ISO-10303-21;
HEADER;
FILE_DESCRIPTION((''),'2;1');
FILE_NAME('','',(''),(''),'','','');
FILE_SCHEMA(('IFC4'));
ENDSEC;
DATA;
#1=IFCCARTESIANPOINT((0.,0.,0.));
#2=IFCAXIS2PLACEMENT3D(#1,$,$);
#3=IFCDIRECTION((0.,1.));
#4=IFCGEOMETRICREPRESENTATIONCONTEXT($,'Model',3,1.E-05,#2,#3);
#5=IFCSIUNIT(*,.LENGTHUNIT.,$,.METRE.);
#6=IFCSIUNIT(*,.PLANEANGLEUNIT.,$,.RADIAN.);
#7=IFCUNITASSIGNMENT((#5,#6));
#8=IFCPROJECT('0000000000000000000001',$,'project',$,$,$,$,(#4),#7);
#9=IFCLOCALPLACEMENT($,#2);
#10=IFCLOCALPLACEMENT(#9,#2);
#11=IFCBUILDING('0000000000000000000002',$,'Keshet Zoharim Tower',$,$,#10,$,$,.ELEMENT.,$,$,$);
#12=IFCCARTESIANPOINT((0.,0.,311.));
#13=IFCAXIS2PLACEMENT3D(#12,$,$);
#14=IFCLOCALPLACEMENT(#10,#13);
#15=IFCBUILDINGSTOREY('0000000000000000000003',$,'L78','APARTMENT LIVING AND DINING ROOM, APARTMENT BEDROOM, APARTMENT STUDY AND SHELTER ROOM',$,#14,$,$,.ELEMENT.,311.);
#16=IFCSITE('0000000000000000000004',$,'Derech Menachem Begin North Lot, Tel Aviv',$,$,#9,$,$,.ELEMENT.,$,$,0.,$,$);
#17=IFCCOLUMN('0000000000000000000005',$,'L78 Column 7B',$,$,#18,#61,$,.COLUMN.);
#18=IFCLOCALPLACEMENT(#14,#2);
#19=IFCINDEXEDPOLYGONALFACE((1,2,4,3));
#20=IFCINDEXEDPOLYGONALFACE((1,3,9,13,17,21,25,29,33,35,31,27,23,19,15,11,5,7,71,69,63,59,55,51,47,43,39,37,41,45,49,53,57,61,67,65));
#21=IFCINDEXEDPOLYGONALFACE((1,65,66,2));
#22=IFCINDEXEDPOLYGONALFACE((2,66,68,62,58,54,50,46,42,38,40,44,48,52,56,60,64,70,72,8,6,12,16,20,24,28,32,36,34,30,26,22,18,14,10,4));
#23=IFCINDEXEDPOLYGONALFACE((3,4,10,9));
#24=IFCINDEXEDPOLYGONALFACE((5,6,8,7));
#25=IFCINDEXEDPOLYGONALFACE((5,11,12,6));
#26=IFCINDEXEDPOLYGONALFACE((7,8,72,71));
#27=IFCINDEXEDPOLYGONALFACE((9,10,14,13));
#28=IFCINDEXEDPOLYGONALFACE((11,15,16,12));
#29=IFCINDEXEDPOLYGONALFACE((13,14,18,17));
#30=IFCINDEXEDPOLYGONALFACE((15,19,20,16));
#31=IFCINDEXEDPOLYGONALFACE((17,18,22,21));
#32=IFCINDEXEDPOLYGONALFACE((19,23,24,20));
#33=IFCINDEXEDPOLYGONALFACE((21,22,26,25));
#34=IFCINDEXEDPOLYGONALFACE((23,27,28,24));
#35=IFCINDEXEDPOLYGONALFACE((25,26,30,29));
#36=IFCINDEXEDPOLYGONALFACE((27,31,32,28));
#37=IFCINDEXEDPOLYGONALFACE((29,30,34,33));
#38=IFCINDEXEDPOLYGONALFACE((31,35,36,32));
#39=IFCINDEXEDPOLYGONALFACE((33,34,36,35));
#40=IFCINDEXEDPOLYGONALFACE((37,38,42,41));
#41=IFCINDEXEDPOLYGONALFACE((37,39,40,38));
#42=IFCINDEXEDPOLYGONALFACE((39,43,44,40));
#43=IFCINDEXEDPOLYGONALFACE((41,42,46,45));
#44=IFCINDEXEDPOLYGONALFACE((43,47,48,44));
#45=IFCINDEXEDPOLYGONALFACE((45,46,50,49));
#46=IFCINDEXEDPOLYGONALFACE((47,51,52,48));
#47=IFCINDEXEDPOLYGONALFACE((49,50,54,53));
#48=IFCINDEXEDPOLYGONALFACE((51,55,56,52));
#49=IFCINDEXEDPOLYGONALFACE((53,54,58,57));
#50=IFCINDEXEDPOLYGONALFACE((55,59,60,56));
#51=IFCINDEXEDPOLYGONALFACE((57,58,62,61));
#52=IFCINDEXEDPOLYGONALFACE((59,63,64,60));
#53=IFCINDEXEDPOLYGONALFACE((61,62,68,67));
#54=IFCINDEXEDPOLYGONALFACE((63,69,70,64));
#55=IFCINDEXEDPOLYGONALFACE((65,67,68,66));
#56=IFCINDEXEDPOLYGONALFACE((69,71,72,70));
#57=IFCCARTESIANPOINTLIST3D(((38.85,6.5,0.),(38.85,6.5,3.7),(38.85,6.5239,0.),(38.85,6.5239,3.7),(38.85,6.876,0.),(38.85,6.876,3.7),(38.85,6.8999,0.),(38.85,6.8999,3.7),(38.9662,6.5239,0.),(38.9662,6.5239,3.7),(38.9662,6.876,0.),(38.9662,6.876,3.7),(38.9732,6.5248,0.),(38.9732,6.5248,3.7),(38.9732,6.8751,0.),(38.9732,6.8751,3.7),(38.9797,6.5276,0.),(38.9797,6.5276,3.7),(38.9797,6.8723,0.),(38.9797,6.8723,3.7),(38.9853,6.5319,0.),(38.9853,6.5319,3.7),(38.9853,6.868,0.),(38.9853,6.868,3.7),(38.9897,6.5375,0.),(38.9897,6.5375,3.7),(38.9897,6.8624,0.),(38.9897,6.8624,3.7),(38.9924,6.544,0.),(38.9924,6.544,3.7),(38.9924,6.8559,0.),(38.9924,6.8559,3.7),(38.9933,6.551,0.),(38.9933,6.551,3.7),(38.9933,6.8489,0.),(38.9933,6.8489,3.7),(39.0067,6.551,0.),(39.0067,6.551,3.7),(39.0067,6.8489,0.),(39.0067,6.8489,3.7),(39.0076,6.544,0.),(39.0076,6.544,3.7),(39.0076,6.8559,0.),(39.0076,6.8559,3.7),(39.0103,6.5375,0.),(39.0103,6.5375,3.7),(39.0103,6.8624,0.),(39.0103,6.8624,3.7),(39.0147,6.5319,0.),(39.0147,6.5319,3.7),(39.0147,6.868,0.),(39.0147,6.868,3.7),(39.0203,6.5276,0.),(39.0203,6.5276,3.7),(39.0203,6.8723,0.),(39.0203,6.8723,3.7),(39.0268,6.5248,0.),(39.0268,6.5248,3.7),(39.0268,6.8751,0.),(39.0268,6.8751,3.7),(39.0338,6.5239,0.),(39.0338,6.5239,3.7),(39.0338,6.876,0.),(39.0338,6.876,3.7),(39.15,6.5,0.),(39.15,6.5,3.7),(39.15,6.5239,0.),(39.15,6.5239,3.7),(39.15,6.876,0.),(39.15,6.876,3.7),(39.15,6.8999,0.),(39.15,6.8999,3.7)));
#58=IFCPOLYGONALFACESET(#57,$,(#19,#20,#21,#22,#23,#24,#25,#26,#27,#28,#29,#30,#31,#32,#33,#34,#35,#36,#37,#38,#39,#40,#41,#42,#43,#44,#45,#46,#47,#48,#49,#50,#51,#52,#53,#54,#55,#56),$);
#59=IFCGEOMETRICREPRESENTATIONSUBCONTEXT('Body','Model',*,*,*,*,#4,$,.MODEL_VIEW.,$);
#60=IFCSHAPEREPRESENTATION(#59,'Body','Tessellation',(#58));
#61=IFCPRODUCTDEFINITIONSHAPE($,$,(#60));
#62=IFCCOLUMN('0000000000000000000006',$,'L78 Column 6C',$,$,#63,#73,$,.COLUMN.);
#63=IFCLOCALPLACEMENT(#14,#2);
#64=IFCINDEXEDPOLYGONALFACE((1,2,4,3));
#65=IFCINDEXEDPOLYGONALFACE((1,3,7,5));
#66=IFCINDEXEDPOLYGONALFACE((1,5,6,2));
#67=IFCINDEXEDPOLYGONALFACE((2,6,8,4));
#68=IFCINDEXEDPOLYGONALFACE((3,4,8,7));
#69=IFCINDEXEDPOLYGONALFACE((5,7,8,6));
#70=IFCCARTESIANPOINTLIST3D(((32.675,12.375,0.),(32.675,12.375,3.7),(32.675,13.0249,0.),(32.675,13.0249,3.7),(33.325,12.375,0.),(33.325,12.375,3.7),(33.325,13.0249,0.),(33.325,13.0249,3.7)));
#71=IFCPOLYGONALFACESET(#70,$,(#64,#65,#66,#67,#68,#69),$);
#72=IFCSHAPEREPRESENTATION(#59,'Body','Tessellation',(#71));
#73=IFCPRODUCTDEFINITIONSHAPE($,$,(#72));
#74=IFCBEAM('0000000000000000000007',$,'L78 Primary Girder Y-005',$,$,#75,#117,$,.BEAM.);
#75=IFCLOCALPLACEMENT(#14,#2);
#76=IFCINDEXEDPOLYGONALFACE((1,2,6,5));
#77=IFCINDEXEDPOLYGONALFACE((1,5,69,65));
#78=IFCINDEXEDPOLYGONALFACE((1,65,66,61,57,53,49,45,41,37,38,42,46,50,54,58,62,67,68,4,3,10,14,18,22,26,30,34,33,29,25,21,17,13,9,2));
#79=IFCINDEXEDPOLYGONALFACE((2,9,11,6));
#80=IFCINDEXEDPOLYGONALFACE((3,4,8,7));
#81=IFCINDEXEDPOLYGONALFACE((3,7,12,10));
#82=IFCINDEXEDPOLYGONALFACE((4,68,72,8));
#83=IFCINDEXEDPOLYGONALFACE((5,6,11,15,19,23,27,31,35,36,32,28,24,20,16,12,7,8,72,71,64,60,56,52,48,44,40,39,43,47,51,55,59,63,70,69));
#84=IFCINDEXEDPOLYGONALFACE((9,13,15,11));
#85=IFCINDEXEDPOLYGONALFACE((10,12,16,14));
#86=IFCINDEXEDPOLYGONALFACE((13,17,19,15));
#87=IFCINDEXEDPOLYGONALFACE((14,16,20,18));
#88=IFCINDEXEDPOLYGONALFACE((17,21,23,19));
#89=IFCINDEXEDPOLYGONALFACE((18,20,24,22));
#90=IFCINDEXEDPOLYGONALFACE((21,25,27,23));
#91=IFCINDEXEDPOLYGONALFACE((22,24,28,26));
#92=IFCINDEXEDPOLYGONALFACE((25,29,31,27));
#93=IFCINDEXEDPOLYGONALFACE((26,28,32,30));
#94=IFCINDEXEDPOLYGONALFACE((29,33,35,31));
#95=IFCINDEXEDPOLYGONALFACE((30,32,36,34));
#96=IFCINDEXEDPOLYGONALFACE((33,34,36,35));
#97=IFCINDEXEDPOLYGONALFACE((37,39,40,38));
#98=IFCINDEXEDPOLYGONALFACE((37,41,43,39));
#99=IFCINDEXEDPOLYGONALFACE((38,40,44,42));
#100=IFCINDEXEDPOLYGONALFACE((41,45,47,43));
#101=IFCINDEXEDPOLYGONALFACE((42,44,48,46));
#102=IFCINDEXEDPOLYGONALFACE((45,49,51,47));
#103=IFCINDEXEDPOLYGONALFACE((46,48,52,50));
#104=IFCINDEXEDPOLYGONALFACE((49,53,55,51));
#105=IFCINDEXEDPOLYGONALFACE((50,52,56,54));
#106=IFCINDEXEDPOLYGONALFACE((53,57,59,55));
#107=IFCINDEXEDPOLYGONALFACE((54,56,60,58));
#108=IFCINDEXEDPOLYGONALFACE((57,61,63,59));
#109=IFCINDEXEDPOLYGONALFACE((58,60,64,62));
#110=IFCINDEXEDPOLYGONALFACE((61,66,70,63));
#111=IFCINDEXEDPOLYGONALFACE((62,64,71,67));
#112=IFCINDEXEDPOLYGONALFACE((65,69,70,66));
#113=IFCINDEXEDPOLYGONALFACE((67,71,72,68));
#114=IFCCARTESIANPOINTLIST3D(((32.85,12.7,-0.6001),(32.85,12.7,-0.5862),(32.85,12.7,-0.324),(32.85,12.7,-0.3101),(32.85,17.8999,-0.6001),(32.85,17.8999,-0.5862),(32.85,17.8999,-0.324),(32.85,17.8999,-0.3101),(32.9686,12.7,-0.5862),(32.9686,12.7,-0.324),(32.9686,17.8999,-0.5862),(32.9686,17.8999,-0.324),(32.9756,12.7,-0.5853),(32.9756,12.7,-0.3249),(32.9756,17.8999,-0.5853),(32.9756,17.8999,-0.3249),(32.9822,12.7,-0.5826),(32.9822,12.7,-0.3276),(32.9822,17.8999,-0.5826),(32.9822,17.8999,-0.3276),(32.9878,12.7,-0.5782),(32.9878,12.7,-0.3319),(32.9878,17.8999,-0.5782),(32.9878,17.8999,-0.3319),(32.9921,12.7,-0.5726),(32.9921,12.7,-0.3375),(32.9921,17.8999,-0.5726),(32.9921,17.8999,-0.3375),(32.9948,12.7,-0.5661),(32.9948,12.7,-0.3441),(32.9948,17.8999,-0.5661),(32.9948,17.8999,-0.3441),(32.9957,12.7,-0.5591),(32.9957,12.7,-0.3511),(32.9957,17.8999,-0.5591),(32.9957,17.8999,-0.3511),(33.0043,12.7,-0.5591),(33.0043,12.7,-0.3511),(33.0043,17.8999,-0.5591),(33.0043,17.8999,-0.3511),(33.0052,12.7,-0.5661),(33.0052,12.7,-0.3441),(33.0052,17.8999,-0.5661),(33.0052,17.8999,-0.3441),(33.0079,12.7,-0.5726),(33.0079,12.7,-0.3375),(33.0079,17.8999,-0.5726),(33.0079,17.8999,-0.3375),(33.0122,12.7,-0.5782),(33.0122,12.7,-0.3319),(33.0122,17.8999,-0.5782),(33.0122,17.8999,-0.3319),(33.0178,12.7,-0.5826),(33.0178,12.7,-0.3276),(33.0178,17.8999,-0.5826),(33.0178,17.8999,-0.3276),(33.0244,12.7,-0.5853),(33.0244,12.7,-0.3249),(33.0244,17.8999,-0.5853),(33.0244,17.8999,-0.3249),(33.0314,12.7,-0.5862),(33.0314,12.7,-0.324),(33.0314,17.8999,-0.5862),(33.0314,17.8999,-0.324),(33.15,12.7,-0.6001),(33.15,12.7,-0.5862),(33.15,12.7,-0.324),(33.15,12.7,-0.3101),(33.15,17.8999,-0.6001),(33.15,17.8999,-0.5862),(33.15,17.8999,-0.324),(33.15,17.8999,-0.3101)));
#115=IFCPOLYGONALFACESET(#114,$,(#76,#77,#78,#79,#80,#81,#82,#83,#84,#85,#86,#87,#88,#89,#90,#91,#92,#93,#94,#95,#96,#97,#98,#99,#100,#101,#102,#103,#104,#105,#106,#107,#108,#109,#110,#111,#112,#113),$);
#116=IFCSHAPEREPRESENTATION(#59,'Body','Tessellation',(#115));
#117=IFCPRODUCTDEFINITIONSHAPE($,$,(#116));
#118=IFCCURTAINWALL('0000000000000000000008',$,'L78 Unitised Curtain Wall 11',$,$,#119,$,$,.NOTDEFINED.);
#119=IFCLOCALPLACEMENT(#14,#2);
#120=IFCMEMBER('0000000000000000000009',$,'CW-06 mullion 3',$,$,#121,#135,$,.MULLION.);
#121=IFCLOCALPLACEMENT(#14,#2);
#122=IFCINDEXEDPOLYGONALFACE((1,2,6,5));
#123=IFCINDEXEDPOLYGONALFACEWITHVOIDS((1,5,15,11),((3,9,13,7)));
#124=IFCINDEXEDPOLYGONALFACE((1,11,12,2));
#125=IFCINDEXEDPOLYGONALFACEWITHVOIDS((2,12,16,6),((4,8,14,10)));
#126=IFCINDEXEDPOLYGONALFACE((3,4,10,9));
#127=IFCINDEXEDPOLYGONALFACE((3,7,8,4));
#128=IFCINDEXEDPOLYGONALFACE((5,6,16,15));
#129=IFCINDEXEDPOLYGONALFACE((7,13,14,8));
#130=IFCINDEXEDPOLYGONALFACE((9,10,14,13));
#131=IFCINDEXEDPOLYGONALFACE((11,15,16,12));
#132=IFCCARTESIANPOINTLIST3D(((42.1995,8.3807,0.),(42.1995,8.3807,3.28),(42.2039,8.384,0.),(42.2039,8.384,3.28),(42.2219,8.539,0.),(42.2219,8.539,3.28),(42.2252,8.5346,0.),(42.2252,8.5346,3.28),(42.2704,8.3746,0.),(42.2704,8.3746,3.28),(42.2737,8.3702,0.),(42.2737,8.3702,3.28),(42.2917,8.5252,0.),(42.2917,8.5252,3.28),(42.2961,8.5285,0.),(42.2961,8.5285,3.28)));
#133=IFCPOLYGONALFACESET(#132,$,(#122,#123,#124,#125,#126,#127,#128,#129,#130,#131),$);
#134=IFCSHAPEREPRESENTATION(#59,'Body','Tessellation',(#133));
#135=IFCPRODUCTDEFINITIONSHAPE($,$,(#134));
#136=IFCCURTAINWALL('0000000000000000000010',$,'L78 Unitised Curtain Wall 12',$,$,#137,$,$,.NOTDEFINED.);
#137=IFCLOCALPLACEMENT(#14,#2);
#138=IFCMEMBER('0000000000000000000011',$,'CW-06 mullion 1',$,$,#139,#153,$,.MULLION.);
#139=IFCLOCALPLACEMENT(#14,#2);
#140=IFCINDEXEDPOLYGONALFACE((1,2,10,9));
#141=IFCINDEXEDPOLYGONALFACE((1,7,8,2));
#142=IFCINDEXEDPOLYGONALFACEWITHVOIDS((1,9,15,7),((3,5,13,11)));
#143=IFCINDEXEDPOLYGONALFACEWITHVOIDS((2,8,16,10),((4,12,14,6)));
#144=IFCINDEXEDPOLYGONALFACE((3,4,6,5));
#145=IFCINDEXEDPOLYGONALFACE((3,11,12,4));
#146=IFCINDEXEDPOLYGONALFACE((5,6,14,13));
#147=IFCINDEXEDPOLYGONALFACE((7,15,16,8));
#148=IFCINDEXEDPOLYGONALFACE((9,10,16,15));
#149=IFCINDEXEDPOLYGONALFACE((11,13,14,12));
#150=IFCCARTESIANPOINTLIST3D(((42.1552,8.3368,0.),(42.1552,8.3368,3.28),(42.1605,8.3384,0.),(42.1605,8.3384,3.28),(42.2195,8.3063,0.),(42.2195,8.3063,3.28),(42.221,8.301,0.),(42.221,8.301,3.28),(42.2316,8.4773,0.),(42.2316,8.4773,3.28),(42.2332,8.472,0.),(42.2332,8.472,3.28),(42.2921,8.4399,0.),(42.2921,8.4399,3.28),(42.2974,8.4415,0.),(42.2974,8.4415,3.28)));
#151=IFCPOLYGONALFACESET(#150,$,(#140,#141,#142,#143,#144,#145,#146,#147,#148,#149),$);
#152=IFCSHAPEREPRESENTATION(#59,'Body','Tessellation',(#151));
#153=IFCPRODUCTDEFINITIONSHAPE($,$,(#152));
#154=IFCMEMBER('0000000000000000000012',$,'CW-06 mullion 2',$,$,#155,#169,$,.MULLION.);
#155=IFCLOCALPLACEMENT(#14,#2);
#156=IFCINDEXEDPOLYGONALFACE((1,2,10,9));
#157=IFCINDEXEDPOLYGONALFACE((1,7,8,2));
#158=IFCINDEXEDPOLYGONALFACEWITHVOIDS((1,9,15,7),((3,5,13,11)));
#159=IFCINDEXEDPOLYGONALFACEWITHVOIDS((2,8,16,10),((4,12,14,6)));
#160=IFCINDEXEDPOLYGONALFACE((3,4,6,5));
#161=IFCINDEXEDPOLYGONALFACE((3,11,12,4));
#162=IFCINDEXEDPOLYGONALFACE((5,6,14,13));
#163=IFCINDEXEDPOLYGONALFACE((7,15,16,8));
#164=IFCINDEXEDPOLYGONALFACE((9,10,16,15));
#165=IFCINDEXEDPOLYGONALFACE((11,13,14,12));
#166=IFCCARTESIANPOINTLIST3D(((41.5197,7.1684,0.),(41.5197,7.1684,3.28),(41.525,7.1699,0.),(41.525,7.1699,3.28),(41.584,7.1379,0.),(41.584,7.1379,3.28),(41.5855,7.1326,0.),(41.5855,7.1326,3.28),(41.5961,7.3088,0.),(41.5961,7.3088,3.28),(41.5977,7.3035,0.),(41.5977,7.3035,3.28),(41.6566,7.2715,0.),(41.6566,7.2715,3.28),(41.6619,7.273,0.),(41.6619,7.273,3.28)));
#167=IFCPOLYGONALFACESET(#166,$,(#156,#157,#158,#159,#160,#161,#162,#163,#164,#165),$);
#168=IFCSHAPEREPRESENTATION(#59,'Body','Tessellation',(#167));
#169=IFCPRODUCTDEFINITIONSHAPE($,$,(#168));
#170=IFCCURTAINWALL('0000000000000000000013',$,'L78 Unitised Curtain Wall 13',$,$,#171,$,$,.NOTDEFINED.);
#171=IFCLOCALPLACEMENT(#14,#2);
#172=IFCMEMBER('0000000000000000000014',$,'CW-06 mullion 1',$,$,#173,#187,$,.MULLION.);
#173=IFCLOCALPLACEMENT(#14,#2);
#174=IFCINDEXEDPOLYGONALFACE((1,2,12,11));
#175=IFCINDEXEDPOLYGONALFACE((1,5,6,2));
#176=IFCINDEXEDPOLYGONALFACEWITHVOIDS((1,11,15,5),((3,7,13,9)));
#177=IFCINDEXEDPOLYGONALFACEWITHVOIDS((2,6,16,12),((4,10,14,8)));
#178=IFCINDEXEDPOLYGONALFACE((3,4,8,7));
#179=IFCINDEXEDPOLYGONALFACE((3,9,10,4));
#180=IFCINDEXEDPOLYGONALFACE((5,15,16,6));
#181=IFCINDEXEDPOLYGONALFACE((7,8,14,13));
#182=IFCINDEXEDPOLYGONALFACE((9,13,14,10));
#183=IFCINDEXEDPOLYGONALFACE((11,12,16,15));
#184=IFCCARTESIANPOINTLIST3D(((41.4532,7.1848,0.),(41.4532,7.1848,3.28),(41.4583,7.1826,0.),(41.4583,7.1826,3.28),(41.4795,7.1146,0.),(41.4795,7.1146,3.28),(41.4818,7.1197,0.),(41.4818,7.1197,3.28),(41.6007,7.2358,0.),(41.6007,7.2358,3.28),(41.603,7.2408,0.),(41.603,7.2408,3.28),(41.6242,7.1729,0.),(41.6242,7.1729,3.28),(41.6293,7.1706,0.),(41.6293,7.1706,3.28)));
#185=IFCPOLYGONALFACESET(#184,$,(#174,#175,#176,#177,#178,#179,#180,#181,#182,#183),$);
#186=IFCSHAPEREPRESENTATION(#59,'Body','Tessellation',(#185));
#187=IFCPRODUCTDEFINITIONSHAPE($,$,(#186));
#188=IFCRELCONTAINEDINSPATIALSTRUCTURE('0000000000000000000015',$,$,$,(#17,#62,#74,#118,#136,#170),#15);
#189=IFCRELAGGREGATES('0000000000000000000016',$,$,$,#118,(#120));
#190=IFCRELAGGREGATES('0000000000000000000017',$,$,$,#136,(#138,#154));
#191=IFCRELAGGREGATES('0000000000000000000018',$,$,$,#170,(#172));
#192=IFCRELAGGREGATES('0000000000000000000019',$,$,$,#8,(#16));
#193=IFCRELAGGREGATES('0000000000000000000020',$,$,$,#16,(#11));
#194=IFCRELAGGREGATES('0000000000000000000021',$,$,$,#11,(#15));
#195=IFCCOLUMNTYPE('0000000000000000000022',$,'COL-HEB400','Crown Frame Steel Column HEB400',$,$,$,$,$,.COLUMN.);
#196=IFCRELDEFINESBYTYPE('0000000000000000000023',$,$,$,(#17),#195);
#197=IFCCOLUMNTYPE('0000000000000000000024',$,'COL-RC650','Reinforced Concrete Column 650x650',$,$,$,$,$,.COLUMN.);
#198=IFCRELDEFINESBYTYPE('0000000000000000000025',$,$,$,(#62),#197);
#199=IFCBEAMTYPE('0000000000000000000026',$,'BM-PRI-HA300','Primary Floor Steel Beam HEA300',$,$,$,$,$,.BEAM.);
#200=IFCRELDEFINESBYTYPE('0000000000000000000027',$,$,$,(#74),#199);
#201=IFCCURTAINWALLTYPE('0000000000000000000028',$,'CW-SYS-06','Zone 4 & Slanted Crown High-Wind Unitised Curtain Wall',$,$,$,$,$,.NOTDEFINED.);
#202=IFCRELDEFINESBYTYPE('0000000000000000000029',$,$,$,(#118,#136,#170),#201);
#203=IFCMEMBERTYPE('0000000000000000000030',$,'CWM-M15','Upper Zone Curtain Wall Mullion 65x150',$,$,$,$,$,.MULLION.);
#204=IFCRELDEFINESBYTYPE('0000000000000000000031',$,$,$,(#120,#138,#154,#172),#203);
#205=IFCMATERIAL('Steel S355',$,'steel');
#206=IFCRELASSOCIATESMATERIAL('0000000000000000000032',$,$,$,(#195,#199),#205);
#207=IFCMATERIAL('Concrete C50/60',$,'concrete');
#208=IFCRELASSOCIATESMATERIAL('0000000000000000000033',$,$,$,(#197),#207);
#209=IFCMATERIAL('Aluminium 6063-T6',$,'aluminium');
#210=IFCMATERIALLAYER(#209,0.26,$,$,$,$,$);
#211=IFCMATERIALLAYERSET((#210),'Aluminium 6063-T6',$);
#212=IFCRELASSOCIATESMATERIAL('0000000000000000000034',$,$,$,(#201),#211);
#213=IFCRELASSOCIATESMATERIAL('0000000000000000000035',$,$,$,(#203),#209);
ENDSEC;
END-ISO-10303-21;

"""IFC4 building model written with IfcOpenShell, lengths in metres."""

from ifc_helpers import new_model, si_unit, direction, frame, origin, origin_2d, place, context, subcontext, project, spatial, rectangle, hollow_rectangle, i_section, extrude, material, layer, layer_set, material_profile, profile_set, type_object, element, aggregate, save


model = new_model("IFC4")

# Units and contexts
model_context = context("Model", 3, precision=1e-05, world=origin(), true_north=direction((0.0, 1.0)))
body_context = subcontext(model_context, "Body", "Model", "MODEL_VIEW")
ifc_project = project(units=[si_unit("LENGTHUNIT", "METRE"), si_unit("PLANEANGLEUNIT", "RADIAN")], contexts=[model_context])

# Site, building, storey
site_placement = place(None, origin())
site = spatial("IfcSite", under=ifc_project, at=site_placement, Name="Derech Menachem Begin North Lot, Tel Aviv", CompositionType="ELEMENT", RefElevation=0.0)
building_placement = place(site_placement, origin())
building = spatial("IfcBuilding", under=site, at=building_placement, Name="Keshet Zoharim Tower", CompositionType="ELEMENT")
storey_placement = place(building_placement, frame((0.0, 0.0, 311.0)))
storey = spatial("IfcBuildingStorey", under=building, at=storey_placement, Name="L78", Description="APARTMENT LIVING AND DINING ROOM, APARTMENT BEDROOM, APARTMENT STUDY AND SHELTER ROOM", CompositionType="ELEMENT", Elevation=311.0)

# Columns
ifc_material_1 = material(Name="Steel S355", Category="steel")
ifc_material_profile_1 = material_profile(ifc_material_1, i_section(OverallWidth=0.3, OverallDepth=0.3999, WebThickness=0.0134, FlangeThickness=0.0239, FilletRadius=0.0271, at=origin_2d()), Name="HEB400")
ifc_profile_set_1 = profile_set([ifc_material_profile_1], Name="Steel S355")
column_type_1 = type_object("IfcColumnType", Name="COL-HEB400", Description="Crown Frame Steel Column HEB400", PredefinedType="COLUMN", material=ifc_profile_set_1)
column_1_placement = place(storey_placement, frame((39.0, 6.7, 0.0), z_axis=(0.0, 0.0, 1.0), x_axis=(1.0, 0.0, 0.0)))
element("IfcColumn", 1, at=column_1_placement, inside=storey, type_object=column_type_1, Name="L78 Column 7B", PredefinedType="COLUMN", context=body_context, shape_type="SweptSolid", body=[
    extrude(i_section(OverallWidth=0.3, OverallDepth=0.3999, WebThickness=0.0134, FlangeThickness=0.0239, FilletRadius=0.0271, at=origin_2d()), origin(), (0.0, 0.0, 1.0), 3.7),
])
ifc_material_2 = material(Name="Concrete C50/60", Category="concrete")
ifc_material_profile_2 = material_profile(ifc_material_2, rectangle(XDim=0.6499, YDim=0.6499, at=origin_2d()), Name="RC650x650")
ifc_profile_set_2 = profile_set([ifc_material_profile_2], Name="Concrete C50/60")
column_type_2 = type_object("IfcColumnType", Name="COL-RC650", Description="Reinforced Concrete Column 650x650", PredefinedType="COLUMN", material=ifc_profile_set_2)
column_2_placement = place(storey_placement, frame((33.0, 12.7, 0.0), z_axis=(0.0, 0.0, 1.0), x_axis=(1.0, 0.0, 0.0)))
element("IfcColumn", 2, at=column_2_placement, inside=storey, type_object=column_type_2, Name="L78 Column 6C", PredefinedType="COLUMN", context=body_context, shape_type="SweptSolid", body=[
    extrude(rectangle(XDim=0.6499, YDim=0.6499, at=origin_2d()), origin(), (0.0, 0.0, 1.0), 3.7),
])

# Beam
ifc_material_profile_3 = material_profile(ifc_material_1, i_section(OverallWidth=0.3, OverallDepth=0.29, WebThickness=0.0085, FlangeThickness=0.0139, FilletRadius=0.0271, at=origin_2d()), Name="HEA300")
ifc_profile_set_3 = profile_set([ifc_material_profile_3], Name="Steel S355")
beam_type = type_object("IfcBeamType", Name="BM-PRI-HA300", Description="Primary Floor Steel Beam HEA300", PredefinedType="BEAM", material=ifc_profile_set_3)
beam_placement = place(storey_placement, frame((33.0, 12.7, -0.4551), z_axis=(0.0, 1.0, 0.0), x_axis=(-1.0, 0.0, 0.0)))
element("IfcBeam", 3, at=beam_placement, inside=storey, type_object=beam_type, Name="L78 Primary Girder Y-005", PredefinedType="BEAM", context=body_context, shape_type="SweptSolid", body=[
    extrude(i_section(OverallWidth=0.3, OverallDepth=0.29, WebThickness=0.0085, FlangeThickness=0.0139, FilletRadius=0.0271, at=origin_2d()), origin(), (0.0, 0.0, 1.0), 5.2),
])

# Curtain wall, member
ifc_material_3 = material(Name="Aluminium 6063-T6", Category="aluminium")
ifc_layer_1 = layer(ifc_material_3, 0.26)
ifc_layer_set_1 = layer_set([ifc_layer_1], Name="Aluminium 6063-T6")
curtain_wall_type = type_object("IfcCurtainWallType", Name="CW-SYS-06", Description="Zone 4 & Slanted Crown High-Wind Unitised Curtain Wall", PredefinedType="NOTDEFINED", material=ifc_layer_set_1)
curtain_wall_1_placement = place(storey_placement, origin())
curtain_wall_1 = element("IfcCurtainWall", 4, at=curtain_wall_1_placement, inside=storey, type_object=curtain_wall_type, Name="L78 Unitised Curtain Wall 11", PredefinedType="NOTDEFINED")
ifc_material_profile_4 = material_profile(ifc_material_3, hollow_rectangle(XDim=0.075, YDim=0.1599, WallThickness=0.0039, at=origin_2d()), Name="MUL-75x160")
ifc_profile_set_4 = profile_set([ifc_material_profile_4], Name="Aluminium 6063-T6")
member_type_1 = type_object("IfcMemberType", Name="CWM-M15", Description="Upper Zone Curtain Wall Mullion 65x150", PredefinedType="MULLION", material=ifc_profile_set_4)
member_1_placement = place(storey_placement, frame((42.2478, 8.4546, 0.0), z_axis=(0.0, 0.0, 1.0), x_axis=(0.990132, -0.140137, 0.0)))
member_1 = element("IfcMember", 5, at=member_1_placement, type_object=member_type_1, Name="CW-06 mullion 3", PredefinedType="MULLION", context=body_context, shape_type="SweptSolid", body=[
    extrude(hollow_rectangle(XDim=0.075, YDim=0.1599, WallThickness=0.0039, at=origin_2d()), origin(), (0.0, 0.0, 1.0), 3.28),
])
aggregate(curtain_wall_1, [member_1])

# Curtain walls, members
curtain_wall_2_placement = place(storey_placement, origin())
curtain_wall_2 = element("IfcCurtainWall", 6, at=curtain_wall_2_placement, inside=storey, type_object=curtain_wall_type, Name="L78 Unitised Curtain Wall 12", PredefinedType="NOTDEFINED")
member_2_placement = place(storey_placement, frame((42.2263, 8.3892, 0.0), z_axis=(0.0, 0.0, 1.0), x_axis=(0.878468, -0.477801, 0.0)))
member_2 = element("IfcMember", 7, at=member_2_placement, type_object=member_type_1, Name="CW-06 mullion 1", PredefinedType="MULLION", context=body_context, shape_type="SweptSolid", body=[
    extrude(hollow_rectangle(XDim=0.075, YDim=0.1599, WallThickness=0.0039, at=origin_2d()), origin(), (0.0, 0.0, 1.0), 3.28),
])
member_3_placement = place(storey_placement, frame((41.5908, 7.2207, 0.0), z_axis=(0.0, 0.0, 1.0), x_axis=(0.878468, -0.477801, 0.0)))
member_3 = element("IfcMember", 8, at=member_3_placement, type_object=member_type_1, Name="CW-06 mullion 2", PredefinedType="MULLION", context=body_context, shape_type="SweptSolid", body=[
    extrude(hollow_rectangle(XDim=0.075, YDim=0.1599, WallThickness=0.0039, at=origin_2d()), origin(), (0.0, 0.0, 1.0), 3.28),
])
curtain_wall_3_placement = place(storey_placement, origin())
curtain_wall_3 = element("IfcCurtainWall", 9, at=curtain_wall_3_placement, inside=storey, type_object=curtain_wall_type, Name="L78 Unitised Curtain Wall 13", PredefinedType="NOTDEFINED")
member_4_placement = place(storey_placement, frame((41.5413, 7.1777, 0.0), z_axis=(0.0, 0.0, 1.0), x_axis=(0.350105, -0.93671, 0.0)))
member_4 = element("IfcMember", 10, at=member_4_placement, type_object=member_type_1, Name="CW-06 mullion 1", PredefinedType="MULLION", context=body_context, shape_type="SweptSolid", body=[
    extrude(hollow_rectangle(XDim=0.075, YDim=0.1599, WallThickness=0.0039, at=origin_2d()), origin(), (0.0, 0.0, 1.0), 3.28),
])

aggregate(curtain_wall_2, [member_2, member_3])
aggregate(curtain_wall_3, [member_4])

save(model, "model.ifc")
